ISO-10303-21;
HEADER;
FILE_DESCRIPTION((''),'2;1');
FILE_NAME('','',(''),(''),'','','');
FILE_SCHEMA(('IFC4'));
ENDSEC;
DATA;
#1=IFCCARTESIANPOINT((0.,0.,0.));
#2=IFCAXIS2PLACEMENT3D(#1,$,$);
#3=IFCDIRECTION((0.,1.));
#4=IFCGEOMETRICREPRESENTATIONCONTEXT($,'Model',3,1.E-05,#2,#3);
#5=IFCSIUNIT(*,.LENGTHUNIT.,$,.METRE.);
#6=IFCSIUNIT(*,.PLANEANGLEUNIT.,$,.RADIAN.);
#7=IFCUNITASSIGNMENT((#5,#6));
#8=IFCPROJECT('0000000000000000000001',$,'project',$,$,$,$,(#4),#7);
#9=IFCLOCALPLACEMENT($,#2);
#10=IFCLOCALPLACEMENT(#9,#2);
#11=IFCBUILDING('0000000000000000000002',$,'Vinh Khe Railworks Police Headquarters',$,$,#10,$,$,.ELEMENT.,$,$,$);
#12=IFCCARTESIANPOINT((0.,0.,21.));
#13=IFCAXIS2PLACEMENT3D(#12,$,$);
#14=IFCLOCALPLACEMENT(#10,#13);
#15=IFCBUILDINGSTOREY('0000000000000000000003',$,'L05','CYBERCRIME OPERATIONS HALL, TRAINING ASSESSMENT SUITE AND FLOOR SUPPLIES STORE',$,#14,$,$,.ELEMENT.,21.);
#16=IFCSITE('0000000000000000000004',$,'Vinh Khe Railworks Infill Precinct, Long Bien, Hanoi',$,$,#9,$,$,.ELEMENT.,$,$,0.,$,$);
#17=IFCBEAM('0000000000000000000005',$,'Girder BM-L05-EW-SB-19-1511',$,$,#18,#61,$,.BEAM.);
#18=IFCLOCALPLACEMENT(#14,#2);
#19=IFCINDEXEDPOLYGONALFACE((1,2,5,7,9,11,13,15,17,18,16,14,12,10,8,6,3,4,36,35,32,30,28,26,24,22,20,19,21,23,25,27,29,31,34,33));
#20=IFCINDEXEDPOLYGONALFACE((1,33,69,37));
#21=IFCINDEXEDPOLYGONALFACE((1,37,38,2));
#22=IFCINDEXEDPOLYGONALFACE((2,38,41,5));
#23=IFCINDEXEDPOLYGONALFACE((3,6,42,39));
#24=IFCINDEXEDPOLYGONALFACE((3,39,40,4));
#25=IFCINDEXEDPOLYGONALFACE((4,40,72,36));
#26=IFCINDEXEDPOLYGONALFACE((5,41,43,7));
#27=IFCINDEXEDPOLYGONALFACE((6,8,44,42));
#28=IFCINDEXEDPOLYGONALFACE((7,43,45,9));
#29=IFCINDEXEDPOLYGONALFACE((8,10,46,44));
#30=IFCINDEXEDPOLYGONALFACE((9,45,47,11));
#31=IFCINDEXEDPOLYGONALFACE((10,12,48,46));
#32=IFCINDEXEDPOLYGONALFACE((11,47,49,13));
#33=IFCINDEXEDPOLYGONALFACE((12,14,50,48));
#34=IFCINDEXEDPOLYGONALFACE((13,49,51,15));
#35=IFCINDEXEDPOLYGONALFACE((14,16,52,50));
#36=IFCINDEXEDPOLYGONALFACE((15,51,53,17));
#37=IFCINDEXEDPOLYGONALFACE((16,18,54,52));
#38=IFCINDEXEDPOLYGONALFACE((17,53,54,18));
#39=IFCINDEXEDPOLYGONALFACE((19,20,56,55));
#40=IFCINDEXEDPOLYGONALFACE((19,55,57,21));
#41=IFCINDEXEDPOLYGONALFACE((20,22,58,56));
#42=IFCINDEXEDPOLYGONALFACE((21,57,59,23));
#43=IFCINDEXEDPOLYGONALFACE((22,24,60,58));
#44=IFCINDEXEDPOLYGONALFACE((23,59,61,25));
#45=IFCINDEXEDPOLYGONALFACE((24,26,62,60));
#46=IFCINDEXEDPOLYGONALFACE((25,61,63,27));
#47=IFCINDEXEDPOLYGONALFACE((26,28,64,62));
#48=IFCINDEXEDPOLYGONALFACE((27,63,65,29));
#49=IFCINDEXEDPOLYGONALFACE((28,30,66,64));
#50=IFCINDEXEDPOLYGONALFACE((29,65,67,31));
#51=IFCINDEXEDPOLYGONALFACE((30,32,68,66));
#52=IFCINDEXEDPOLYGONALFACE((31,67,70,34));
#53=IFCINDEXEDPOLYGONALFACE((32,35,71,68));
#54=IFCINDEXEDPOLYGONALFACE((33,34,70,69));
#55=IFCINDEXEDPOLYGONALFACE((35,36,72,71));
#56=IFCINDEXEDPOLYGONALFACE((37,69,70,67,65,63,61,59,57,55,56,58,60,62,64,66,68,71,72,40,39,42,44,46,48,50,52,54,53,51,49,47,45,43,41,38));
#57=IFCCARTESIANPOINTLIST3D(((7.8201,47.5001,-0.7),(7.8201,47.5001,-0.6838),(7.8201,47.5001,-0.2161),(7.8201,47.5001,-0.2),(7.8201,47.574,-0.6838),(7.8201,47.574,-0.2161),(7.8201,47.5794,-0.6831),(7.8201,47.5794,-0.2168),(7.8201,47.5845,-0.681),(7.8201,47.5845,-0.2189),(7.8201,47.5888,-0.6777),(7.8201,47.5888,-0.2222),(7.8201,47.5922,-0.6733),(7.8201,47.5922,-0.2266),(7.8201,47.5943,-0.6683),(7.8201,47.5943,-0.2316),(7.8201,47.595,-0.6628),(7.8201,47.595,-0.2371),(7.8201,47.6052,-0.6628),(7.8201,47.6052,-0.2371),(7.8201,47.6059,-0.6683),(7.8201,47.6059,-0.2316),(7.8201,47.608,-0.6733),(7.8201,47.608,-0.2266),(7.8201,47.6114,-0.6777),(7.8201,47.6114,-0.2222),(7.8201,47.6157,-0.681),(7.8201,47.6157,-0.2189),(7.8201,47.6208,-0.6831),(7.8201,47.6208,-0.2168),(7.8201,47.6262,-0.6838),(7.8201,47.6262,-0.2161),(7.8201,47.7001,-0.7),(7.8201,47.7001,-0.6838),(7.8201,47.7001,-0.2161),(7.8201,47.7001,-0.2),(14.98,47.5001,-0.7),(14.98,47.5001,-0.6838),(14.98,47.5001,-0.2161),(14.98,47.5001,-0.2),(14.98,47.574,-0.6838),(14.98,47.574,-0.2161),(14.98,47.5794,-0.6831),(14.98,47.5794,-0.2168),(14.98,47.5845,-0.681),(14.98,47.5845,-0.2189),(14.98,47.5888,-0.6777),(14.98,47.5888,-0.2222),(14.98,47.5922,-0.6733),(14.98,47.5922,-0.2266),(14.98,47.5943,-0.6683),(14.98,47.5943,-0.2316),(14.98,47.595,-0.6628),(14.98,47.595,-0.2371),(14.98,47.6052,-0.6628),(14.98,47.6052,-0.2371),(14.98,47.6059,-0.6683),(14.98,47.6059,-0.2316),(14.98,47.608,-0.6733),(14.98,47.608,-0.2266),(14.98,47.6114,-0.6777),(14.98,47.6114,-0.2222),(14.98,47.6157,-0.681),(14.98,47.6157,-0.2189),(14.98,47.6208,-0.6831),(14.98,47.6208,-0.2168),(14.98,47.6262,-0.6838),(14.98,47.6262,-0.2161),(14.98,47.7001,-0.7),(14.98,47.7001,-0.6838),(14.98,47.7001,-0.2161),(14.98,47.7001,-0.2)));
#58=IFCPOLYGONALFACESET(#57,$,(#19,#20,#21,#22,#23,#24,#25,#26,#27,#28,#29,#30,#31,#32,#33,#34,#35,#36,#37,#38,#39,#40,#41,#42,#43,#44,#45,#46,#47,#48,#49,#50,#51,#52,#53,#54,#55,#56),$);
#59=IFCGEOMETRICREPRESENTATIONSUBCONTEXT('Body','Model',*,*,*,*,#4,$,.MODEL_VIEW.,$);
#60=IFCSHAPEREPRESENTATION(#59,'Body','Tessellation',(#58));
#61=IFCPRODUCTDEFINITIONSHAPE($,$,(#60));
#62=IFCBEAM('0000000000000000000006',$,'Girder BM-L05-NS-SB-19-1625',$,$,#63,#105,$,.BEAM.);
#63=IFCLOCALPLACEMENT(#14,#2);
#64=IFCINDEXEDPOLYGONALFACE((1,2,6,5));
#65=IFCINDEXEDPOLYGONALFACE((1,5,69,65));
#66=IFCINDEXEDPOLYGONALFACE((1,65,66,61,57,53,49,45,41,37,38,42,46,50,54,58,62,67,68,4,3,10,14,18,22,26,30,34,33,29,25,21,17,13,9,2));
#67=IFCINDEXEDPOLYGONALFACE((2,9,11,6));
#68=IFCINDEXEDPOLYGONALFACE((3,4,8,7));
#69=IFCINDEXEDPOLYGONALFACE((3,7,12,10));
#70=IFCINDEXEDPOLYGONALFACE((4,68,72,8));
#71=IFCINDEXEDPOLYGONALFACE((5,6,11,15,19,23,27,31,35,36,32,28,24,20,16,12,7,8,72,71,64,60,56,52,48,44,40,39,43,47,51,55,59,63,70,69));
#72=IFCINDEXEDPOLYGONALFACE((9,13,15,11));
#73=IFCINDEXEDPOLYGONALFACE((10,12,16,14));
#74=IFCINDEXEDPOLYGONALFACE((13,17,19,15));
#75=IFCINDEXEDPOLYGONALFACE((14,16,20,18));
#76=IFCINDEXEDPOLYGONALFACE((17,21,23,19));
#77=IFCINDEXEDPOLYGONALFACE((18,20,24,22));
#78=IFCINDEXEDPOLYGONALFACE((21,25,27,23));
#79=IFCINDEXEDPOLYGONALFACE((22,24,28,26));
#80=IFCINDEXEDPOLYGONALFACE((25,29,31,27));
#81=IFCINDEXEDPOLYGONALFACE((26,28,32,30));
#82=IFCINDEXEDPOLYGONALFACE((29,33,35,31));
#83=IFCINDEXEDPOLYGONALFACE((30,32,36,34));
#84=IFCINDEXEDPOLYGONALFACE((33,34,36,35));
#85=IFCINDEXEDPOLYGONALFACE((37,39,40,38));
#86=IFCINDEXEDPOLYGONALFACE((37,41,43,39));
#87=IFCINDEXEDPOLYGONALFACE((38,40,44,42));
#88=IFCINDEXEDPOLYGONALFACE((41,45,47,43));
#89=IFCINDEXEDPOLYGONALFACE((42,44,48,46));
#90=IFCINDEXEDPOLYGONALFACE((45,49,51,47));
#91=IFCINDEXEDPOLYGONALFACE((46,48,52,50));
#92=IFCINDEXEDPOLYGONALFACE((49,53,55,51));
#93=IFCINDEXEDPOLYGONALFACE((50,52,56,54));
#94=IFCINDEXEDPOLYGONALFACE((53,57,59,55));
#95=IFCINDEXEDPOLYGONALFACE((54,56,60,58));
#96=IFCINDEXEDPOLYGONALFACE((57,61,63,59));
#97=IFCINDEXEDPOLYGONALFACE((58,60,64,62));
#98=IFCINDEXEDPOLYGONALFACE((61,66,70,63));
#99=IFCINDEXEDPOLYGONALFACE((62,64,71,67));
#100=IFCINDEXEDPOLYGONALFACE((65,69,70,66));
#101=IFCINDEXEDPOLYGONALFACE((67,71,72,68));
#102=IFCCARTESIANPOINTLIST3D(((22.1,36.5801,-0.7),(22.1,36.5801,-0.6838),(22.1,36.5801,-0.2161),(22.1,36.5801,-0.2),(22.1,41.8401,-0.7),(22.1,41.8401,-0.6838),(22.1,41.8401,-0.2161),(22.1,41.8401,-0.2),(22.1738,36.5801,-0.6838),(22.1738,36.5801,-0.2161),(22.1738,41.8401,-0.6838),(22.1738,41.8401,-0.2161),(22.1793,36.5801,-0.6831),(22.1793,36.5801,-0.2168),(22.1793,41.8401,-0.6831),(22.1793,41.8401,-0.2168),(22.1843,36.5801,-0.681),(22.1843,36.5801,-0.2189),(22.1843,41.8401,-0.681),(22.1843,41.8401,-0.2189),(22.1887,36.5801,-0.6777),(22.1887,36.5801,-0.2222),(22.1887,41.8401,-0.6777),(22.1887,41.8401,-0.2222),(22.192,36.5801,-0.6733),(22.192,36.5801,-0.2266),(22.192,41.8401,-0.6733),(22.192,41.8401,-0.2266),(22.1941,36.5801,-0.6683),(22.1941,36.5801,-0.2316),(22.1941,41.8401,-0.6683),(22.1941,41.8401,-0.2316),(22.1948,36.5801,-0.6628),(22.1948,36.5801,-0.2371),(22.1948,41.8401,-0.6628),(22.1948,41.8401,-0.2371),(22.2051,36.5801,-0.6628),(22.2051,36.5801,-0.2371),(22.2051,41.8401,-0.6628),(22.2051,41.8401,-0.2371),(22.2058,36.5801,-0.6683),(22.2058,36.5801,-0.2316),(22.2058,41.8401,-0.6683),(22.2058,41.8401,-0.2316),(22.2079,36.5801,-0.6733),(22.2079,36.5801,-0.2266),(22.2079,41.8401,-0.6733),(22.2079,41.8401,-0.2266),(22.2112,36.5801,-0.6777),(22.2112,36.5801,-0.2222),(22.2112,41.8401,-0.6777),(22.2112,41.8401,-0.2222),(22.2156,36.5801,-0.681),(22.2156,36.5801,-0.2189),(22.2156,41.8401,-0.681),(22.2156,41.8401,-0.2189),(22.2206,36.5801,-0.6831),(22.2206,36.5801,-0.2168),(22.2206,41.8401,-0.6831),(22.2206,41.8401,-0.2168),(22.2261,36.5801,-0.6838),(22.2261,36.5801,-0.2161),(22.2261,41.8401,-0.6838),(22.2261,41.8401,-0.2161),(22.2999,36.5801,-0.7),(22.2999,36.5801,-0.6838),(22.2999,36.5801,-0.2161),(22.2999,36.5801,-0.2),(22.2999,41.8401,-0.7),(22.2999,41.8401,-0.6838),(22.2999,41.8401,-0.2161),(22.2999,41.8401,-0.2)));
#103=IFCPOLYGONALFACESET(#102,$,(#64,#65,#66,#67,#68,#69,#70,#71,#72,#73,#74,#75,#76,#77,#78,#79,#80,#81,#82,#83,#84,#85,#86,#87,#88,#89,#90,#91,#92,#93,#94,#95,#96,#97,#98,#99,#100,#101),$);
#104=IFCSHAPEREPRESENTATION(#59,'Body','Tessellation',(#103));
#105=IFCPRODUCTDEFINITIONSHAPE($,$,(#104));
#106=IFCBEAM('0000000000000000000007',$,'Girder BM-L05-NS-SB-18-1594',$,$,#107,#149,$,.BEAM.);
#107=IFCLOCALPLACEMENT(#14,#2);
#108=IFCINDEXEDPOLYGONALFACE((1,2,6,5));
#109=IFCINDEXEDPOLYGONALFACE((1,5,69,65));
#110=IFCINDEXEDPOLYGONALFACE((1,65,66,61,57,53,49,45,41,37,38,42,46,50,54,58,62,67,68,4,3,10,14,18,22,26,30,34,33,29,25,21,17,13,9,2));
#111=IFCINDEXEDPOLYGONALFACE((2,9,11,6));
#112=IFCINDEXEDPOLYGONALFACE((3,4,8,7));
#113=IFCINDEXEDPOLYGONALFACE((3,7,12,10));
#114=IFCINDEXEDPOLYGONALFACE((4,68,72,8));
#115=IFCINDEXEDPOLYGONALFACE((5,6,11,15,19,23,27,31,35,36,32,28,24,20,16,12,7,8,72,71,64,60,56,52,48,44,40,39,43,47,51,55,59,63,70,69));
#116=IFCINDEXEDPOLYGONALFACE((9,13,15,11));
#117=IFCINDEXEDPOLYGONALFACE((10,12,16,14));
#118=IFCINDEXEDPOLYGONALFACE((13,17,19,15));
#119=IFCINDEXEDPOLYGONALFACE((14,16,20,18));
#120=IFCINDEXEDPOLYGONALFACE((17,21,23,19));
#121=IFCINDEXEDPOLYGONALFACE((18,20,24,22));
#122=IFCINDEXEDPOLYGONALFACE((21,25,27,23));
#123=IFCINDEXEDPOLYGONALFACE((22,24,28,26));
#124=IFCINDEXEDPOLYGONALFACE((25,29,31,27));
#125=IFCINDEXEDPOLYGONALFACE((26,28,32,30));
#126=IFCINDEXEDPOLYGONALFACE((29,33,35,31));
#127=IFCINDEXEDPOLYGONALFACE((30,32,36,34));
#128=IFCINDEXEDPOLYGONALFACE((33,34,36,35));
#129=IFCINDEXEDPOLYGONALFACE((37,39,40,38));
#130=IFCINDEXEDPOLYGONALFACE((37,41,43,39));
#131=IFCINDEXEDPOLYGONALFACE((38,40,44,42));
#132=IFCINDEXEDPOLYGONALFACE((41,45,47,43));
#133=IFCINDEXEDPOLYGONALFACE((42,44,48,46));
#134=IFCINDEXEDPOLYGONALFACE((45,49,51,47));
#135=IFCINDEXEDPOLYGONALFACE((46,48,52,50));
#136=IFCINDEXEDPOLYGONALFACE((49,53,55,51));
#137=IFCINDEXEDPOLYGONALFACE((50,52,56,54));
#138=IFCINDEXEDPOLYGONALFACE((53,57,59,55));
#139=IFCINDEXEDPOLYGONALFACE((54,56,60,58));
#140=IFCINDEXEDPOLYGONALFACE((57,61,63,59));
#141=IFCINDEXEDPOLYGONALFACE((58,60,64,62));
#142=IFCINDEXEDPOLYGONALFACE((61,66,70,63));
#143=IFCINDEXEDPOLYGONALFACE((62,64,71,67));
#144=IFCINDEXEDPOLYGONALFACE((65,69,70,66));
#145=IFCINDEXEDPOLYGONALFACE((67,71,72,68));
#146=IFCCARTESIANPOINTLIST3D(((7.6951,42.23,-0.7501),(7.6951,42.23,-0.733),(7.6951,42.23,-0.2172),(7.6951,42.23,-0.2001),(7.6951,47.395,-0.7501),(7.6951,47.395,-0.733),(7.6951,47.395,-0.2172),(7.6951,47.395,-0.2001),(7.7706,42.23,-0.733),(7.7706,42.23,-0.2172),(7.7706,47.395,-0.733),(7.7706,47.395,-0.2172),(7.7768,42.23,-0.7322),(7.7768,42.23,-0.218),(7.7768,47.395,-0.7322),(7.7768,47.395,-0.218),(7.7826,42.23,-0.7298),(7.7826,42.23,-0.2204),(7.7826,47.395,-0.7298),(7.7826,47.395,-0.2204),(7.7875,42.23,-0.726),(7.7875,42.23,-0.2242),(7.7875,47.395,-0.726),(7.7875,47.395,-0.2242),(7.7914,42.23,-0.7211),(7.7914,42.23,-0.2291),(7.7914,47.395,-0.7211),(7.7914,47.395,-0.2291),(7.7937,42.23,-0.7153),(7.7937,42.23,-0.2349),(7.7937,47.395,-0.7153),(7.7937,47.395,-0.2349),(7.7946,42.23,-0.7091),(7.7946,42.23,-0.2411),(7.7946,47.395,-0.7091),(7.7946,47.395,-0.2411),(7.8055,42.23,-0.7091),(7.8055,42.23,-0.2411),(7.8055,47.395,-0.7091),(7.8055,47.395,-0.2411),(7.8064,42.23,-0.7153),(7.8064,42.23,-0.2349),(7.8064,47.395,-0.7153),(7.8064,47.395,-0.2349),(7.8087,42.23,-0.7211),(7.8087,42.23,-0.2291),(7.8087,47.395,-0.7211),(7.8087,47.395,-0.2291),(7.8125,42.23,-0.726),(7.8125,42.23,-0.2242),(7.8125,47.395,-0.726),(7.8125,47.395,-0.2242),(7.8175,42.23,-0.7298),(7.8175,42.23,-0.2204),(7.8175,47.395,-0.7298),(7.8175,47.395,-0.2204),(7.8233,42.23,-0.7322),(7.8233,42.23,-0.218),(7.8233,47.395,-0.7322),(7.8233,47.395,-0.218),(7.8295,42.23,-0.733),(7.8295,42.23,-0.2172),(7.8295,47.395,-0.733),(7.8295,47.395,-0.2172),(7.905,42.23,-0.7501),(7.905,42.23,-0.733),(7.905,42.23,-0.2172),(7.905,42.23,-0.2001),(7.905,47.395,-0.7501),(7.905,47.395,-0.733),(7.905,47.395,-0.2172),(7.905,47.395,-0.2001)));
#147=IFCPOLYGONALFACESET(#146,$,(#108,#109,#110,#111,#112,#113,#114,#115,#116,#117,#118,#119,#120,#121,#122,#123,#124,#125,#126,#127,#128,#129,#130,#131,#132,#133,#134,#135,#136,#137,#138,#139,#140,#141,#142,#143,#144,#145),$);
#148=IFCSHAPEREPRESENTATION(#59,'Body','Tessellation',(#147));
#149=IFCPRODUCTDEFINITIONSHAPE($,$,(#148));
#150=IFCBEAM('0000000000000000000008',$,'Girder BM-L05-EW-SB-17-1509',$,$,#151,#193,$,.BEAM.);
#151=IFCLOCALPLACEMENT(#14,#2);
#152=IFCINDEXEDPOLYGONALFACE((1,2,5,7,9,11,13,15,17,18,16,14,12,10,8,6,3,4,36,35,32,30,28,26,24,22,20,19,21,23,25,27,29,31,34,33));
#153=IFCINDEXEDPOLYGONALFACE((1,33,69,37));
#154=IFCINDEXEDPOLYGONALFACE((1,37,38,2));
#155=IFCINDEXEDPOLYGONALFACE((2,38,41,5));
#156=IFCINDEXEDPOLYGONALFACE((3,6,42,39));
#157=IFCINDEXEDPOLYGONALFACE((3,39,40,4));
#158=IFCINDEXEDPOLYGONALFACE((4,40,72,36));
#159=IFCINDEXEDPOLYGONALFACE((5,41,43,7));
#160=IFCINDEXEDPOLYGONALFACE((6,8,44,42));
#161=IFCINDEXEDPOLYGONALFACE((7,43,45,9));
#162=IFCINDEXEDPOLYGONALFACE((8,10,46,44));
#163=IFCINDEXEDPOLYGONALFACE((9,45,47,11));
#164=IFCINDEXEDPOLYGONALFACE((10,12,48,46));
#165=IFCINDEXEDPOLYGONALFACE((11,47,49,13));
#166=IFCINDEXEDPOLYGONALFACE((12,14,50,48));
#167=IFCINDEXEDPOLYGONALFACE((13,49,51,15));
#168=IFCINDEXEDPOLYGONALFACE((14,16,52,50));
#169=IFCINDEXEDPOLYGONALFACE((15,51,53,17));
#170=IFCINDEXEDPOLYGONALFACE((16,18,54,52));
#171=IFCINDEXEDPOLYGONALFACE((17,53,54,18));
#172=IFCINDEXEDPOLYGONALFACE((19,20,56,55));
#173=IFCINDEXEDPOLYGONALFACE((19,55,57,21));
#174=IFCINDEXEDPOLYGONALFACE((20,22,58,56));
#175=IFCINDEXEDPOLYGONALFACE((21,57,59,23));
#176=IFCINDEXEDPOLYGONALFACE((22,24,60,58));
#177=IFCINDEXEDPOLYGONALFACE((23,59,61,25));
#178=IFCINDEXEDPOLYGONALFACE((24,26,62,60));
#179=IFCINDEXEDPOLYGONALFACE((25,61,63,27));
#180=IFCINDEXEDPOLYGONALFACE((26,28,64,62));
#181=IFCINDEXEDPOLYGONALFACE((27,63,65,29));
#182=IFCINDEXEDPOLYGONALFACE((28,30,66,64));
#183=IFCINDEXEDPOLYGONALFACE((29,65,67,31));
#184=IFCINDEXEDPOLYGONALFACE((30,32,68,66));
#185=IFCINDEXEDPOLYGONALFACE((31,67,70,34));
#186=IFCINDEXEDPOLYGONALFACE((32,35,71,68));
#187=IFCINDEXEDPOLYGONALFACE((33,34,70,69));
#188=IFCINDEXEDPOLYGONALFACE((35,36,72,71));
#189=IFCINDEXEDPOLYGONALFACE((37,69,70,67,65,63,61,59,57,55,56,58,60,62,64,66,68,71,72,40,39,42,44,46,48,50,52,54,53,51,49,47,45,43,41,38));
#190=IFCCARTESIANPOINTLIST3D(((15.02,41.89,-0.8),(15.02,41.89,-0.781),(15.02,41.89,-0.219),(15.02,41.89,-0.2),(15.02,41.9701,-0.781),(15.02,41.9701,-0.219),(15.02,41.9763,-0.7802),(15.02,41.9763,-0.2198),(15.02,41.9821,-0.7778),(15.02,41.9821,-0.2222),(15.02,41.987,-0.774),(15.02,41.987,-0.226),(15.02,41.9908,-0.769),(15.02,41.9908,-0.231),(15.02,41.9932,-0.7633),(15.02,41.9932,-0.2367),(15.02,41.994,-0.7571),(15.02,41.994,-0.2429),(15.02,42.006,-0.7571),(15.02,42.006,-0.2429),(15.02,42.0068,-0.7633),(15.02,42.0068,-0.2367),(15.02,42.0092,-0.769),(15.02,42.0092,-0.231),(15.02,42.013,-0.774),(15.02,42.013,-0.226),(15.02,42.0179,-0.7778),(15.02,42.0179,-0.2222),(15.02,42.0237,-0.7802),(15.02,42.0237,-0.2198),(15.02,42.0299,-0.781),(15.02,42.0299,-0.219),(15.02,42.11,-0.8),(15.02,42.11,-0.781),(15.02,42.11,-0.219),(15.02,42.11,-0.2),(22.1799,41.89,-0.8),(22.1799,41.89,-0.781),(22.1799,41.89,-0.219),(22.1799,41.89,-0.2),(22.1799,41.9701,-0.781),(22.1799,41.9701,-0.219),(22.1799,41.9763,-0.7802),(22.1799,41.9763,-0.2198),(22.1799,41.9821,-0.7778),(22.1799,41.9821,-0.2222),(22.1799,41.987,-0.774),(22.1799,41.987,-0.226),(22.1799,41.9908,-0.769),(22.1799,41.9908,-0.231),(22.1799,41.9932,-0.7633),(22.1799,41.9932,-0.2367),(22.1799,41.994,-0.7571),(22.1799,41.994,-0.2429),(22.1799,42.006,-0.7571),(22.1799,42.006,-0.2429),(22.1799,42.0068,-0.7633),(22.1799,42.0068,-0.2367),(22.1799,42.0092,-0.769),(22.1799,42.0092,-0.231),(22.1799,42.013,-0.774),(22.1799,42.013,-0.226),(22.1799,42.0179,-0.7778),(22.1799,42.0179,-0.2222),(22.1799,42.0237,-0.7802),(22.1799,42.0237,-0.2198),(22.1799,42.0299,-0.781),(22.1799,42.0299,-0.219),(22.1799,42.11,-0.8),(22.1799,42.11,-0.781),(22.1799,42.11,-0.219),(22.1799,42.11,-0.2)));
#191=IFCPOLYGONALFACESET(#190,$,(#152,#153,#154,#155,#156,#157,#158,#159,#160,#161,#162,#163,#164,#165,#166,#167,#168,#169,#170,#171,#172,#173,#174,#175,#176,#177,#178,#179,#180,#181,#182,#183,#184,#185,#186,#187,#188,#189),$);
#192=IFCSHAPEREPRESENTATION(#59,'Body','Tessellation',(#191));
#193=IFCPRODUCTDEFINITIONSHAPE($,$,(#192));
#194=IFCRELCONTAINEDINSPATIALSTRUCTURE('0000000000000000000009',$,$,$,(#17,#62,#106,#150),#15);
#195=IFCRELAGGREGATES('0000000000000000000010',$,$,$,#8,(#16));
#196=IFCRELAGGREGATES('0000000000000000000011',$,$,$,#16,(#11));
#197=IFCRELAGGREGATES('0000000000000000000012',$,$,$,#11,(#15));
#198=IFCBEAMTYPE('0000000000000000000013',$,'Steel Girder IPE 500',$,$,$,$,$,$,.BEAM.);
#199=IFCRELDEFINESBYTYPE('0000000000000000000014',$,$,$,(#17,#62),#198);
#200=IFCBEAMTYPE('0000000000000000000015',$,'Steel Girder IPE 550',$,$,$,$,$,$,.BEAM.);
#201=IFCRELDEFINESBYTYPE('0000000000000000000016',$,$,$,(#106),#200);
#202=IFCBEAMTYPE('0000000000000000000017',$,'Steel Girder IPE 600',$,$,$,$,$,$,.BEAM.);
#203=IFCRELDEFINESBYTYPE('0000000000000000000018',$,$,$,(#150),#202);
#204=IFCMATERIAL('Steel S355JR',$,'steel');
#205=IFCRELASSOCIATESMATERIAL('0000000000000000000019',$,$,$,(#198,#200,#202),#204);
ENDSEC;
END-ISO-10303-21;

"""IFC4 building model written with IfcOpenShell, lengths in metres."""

from ifc_helpers import new_model, si_unit, direction, frame, origin, origin_2d, place, context, subcontext, project, spatial, i_section, extrude, material, material_profile, profile_set, type_object, element, save


model = new_model("IFC4")

# Units and contexts
model_context = context("Model", 3, precision=1e-05, world=origin(), true_north=direction((0.0, 1.0)))
body_context = subcontext(model_context, "Body", "Model", "MODEL_VIEW")
ifc_project = project(units=[si_unit("LENGTHUNIT", "METRE"), si_unit("PLANEANGLEUNIT", "RADIAN")], contexts=[model_context])

# Site, building, storey
site_placement = place(None, origin())
site = spatial("IfcSite", under=ifc_project, at=site_placement, Name="Vinh Khe Railworks Infill Precinct, Long Bien, Hanoi", CompositionType="ELEMENT", RefElevation=0.0)
building_placement = place(site_placement, origin())
building = spatial("IfcBuilding", under=site, at=building_placement, Name="Vinh Khe Railworks Police Headquarters", CompositionType="ELEMENT")
storey_placement = place(building_placement, frame((0.0, 0.0, 21.0)))
storey = spatial("IfcBuildingStorey", under=building, at=storey_placement, Name="L05", Description="CYBERCRIME OPERATIONS HALL, TRAINING ASSESSMENT SUITE AND FLOOR SUPPLIES STORE", CompositionType="ELEMENT", Elevation=21.0)

# Shared definitions
ifc_material_1 = material(Name="Steel S355JR", Category="steel")

# Beams
ifc_material_profile_1 = material_profile(ifc_material_1, i_section(OverallWidth=0.2, OverallDepth=0.5, WebThickness=0.0103, FlangeThickness=0.0161, FilletRadius=0.021, at=origin_2d()), Name="IPE 500")
ifc_profile_set_1 = profile_set([ifc_material_profile_1], Name="Steel S355JR")
beam_type_1 = type_object("IfcBeamType", Name="Steel Girder IPE 500", PredefinedType="BEAM", material=ifc_profile_set_1)
beam_1_placement = place(storey_placement, frame((7.8201, 47.6001, -0.45), z_axis=(1.0, 0.0, 0.0), x_axis=(0.0, 1.0, 0.0)))
element("IfcBeam", 1, at=beam_1_placement, inside=storey, type_object=beam_type_1, Name="Girder BM-L05-EW-SB-19-1511", PredefinedType="BEAM", context=body_context, shape_type="SweptSolid", body=[
    extrude(i_section(OverallWidth=0.2, OverallDepth=0.5, WebThickness=0.0103, FlangeThickness=0.0161, FilletRadius=0.021, at=origin_2d()), origin(), (0.0, 0.0, 1.0), 7.1599),
])
beam_2_placement = place(storey_placement, frame((22.2, 36.5801, -0.45), z_axis=(0.0, 1.0, 0.0), x_axis=(-1.0, 0.0, 0.0)))
element("IfcBeam", 2, at=beam_2_placement, inside=storey, type_object=beam_type_1, Name="Girder BM-L05-NS-SB-19-1625", PredefinedType="BEAM", context=body_context, shape_type="SweptSolid", body=[
    extrude(i_section(OverallWidth=0.2, OverallDepth=0.5, WebThickness=0.0103, FlangeThickness=0.0161, FilletRadius=0.021, at=origin_2d()), origin(), (0.0, 0.0, 1.0), 5.26),
])
ifc_material_profile_2 = material_profile(ifc_material_1, i_section(OverallWidth=0.21, OverallDepth=0.55, WebThickness=0.011, FlangeThickness=0.0171, FilletRadius=0.0239, at=origin_2d()), Name="IPE 550")
ifc_profile_set_2 = profile_set([ifc_material_profile_2], Name="Steel S355JR")
beam_type_2 = type_object("IfcBeamType", Name="Steel Girder IPE 550", PredefinedType="BEAM", material=ifc_profile_set_2)
beam_3_placement = place(storey_placement, frame((7.8, 42.23, -0.4751), z_axis=(0.0, 1.0, 0.0), x_axis=(-1.0, 0.0, 0.0)))
element("IfcBeam", 3, at=beam_3_placement, inside=storey, type_object=beam_type_2, Name="Girder BM-L05-NS-SB-18-1594", PredefinedType="BEAM", context=body_context, shape_type="SweptSolid", body=[
    extrude(i_section(OverallWidth=0.21, OverallDepth=0.55, WebThickness=0.011, FlangeThickness=0.0171, FilletRadius=0.0239, at=origin_2d()), origin(), (0.0, 0.0, 1.0), 5.165),
])
ifc_material_profile_3 = material_profile(ifc_material_1, i_section(OverallWidth=0.22, OverallDepth=0.6001, WebThickness=0.012, FlangeThickness=0.019, FilletRadius=0.0239, at=origin_2d()), Name="IPE 600")
ifc_profile_set_3 = profile_set([ifc_material_profile_3], Name="Steel S355JR")
beam_type_3 = type_object("IfcBeamType", Name="Steel Girder IPE 600", PredefinedType="BEAM", material=ifc_profile_set_3)
beam_4_placement = place(storey_placement, frame((15.02, 42.0, -0.5), z_axis=(1.0, 0.0, 0.0), x_axis=(0.0, 1.0, 0.0)))
element("IfcBeam", 4, at=beam_4_placement, inside=storey, type_object=beam_type_3, Name="Girder BM-L05-EW-SB-17-1509", PredefinedType="BEAM", context=body_context, shape_type="SweptSolid", body=[
    extrude(i_section(OverallWidth=0.22, OverallDepth=0.6001, WebThickness=0.012, FlangeThickness=0.019, FilletRadius=0.0239, at=origin_2d()), origin(), (0.0, 0.0, 1.0), 7.1599),
])

save(model, "model.ifc")
